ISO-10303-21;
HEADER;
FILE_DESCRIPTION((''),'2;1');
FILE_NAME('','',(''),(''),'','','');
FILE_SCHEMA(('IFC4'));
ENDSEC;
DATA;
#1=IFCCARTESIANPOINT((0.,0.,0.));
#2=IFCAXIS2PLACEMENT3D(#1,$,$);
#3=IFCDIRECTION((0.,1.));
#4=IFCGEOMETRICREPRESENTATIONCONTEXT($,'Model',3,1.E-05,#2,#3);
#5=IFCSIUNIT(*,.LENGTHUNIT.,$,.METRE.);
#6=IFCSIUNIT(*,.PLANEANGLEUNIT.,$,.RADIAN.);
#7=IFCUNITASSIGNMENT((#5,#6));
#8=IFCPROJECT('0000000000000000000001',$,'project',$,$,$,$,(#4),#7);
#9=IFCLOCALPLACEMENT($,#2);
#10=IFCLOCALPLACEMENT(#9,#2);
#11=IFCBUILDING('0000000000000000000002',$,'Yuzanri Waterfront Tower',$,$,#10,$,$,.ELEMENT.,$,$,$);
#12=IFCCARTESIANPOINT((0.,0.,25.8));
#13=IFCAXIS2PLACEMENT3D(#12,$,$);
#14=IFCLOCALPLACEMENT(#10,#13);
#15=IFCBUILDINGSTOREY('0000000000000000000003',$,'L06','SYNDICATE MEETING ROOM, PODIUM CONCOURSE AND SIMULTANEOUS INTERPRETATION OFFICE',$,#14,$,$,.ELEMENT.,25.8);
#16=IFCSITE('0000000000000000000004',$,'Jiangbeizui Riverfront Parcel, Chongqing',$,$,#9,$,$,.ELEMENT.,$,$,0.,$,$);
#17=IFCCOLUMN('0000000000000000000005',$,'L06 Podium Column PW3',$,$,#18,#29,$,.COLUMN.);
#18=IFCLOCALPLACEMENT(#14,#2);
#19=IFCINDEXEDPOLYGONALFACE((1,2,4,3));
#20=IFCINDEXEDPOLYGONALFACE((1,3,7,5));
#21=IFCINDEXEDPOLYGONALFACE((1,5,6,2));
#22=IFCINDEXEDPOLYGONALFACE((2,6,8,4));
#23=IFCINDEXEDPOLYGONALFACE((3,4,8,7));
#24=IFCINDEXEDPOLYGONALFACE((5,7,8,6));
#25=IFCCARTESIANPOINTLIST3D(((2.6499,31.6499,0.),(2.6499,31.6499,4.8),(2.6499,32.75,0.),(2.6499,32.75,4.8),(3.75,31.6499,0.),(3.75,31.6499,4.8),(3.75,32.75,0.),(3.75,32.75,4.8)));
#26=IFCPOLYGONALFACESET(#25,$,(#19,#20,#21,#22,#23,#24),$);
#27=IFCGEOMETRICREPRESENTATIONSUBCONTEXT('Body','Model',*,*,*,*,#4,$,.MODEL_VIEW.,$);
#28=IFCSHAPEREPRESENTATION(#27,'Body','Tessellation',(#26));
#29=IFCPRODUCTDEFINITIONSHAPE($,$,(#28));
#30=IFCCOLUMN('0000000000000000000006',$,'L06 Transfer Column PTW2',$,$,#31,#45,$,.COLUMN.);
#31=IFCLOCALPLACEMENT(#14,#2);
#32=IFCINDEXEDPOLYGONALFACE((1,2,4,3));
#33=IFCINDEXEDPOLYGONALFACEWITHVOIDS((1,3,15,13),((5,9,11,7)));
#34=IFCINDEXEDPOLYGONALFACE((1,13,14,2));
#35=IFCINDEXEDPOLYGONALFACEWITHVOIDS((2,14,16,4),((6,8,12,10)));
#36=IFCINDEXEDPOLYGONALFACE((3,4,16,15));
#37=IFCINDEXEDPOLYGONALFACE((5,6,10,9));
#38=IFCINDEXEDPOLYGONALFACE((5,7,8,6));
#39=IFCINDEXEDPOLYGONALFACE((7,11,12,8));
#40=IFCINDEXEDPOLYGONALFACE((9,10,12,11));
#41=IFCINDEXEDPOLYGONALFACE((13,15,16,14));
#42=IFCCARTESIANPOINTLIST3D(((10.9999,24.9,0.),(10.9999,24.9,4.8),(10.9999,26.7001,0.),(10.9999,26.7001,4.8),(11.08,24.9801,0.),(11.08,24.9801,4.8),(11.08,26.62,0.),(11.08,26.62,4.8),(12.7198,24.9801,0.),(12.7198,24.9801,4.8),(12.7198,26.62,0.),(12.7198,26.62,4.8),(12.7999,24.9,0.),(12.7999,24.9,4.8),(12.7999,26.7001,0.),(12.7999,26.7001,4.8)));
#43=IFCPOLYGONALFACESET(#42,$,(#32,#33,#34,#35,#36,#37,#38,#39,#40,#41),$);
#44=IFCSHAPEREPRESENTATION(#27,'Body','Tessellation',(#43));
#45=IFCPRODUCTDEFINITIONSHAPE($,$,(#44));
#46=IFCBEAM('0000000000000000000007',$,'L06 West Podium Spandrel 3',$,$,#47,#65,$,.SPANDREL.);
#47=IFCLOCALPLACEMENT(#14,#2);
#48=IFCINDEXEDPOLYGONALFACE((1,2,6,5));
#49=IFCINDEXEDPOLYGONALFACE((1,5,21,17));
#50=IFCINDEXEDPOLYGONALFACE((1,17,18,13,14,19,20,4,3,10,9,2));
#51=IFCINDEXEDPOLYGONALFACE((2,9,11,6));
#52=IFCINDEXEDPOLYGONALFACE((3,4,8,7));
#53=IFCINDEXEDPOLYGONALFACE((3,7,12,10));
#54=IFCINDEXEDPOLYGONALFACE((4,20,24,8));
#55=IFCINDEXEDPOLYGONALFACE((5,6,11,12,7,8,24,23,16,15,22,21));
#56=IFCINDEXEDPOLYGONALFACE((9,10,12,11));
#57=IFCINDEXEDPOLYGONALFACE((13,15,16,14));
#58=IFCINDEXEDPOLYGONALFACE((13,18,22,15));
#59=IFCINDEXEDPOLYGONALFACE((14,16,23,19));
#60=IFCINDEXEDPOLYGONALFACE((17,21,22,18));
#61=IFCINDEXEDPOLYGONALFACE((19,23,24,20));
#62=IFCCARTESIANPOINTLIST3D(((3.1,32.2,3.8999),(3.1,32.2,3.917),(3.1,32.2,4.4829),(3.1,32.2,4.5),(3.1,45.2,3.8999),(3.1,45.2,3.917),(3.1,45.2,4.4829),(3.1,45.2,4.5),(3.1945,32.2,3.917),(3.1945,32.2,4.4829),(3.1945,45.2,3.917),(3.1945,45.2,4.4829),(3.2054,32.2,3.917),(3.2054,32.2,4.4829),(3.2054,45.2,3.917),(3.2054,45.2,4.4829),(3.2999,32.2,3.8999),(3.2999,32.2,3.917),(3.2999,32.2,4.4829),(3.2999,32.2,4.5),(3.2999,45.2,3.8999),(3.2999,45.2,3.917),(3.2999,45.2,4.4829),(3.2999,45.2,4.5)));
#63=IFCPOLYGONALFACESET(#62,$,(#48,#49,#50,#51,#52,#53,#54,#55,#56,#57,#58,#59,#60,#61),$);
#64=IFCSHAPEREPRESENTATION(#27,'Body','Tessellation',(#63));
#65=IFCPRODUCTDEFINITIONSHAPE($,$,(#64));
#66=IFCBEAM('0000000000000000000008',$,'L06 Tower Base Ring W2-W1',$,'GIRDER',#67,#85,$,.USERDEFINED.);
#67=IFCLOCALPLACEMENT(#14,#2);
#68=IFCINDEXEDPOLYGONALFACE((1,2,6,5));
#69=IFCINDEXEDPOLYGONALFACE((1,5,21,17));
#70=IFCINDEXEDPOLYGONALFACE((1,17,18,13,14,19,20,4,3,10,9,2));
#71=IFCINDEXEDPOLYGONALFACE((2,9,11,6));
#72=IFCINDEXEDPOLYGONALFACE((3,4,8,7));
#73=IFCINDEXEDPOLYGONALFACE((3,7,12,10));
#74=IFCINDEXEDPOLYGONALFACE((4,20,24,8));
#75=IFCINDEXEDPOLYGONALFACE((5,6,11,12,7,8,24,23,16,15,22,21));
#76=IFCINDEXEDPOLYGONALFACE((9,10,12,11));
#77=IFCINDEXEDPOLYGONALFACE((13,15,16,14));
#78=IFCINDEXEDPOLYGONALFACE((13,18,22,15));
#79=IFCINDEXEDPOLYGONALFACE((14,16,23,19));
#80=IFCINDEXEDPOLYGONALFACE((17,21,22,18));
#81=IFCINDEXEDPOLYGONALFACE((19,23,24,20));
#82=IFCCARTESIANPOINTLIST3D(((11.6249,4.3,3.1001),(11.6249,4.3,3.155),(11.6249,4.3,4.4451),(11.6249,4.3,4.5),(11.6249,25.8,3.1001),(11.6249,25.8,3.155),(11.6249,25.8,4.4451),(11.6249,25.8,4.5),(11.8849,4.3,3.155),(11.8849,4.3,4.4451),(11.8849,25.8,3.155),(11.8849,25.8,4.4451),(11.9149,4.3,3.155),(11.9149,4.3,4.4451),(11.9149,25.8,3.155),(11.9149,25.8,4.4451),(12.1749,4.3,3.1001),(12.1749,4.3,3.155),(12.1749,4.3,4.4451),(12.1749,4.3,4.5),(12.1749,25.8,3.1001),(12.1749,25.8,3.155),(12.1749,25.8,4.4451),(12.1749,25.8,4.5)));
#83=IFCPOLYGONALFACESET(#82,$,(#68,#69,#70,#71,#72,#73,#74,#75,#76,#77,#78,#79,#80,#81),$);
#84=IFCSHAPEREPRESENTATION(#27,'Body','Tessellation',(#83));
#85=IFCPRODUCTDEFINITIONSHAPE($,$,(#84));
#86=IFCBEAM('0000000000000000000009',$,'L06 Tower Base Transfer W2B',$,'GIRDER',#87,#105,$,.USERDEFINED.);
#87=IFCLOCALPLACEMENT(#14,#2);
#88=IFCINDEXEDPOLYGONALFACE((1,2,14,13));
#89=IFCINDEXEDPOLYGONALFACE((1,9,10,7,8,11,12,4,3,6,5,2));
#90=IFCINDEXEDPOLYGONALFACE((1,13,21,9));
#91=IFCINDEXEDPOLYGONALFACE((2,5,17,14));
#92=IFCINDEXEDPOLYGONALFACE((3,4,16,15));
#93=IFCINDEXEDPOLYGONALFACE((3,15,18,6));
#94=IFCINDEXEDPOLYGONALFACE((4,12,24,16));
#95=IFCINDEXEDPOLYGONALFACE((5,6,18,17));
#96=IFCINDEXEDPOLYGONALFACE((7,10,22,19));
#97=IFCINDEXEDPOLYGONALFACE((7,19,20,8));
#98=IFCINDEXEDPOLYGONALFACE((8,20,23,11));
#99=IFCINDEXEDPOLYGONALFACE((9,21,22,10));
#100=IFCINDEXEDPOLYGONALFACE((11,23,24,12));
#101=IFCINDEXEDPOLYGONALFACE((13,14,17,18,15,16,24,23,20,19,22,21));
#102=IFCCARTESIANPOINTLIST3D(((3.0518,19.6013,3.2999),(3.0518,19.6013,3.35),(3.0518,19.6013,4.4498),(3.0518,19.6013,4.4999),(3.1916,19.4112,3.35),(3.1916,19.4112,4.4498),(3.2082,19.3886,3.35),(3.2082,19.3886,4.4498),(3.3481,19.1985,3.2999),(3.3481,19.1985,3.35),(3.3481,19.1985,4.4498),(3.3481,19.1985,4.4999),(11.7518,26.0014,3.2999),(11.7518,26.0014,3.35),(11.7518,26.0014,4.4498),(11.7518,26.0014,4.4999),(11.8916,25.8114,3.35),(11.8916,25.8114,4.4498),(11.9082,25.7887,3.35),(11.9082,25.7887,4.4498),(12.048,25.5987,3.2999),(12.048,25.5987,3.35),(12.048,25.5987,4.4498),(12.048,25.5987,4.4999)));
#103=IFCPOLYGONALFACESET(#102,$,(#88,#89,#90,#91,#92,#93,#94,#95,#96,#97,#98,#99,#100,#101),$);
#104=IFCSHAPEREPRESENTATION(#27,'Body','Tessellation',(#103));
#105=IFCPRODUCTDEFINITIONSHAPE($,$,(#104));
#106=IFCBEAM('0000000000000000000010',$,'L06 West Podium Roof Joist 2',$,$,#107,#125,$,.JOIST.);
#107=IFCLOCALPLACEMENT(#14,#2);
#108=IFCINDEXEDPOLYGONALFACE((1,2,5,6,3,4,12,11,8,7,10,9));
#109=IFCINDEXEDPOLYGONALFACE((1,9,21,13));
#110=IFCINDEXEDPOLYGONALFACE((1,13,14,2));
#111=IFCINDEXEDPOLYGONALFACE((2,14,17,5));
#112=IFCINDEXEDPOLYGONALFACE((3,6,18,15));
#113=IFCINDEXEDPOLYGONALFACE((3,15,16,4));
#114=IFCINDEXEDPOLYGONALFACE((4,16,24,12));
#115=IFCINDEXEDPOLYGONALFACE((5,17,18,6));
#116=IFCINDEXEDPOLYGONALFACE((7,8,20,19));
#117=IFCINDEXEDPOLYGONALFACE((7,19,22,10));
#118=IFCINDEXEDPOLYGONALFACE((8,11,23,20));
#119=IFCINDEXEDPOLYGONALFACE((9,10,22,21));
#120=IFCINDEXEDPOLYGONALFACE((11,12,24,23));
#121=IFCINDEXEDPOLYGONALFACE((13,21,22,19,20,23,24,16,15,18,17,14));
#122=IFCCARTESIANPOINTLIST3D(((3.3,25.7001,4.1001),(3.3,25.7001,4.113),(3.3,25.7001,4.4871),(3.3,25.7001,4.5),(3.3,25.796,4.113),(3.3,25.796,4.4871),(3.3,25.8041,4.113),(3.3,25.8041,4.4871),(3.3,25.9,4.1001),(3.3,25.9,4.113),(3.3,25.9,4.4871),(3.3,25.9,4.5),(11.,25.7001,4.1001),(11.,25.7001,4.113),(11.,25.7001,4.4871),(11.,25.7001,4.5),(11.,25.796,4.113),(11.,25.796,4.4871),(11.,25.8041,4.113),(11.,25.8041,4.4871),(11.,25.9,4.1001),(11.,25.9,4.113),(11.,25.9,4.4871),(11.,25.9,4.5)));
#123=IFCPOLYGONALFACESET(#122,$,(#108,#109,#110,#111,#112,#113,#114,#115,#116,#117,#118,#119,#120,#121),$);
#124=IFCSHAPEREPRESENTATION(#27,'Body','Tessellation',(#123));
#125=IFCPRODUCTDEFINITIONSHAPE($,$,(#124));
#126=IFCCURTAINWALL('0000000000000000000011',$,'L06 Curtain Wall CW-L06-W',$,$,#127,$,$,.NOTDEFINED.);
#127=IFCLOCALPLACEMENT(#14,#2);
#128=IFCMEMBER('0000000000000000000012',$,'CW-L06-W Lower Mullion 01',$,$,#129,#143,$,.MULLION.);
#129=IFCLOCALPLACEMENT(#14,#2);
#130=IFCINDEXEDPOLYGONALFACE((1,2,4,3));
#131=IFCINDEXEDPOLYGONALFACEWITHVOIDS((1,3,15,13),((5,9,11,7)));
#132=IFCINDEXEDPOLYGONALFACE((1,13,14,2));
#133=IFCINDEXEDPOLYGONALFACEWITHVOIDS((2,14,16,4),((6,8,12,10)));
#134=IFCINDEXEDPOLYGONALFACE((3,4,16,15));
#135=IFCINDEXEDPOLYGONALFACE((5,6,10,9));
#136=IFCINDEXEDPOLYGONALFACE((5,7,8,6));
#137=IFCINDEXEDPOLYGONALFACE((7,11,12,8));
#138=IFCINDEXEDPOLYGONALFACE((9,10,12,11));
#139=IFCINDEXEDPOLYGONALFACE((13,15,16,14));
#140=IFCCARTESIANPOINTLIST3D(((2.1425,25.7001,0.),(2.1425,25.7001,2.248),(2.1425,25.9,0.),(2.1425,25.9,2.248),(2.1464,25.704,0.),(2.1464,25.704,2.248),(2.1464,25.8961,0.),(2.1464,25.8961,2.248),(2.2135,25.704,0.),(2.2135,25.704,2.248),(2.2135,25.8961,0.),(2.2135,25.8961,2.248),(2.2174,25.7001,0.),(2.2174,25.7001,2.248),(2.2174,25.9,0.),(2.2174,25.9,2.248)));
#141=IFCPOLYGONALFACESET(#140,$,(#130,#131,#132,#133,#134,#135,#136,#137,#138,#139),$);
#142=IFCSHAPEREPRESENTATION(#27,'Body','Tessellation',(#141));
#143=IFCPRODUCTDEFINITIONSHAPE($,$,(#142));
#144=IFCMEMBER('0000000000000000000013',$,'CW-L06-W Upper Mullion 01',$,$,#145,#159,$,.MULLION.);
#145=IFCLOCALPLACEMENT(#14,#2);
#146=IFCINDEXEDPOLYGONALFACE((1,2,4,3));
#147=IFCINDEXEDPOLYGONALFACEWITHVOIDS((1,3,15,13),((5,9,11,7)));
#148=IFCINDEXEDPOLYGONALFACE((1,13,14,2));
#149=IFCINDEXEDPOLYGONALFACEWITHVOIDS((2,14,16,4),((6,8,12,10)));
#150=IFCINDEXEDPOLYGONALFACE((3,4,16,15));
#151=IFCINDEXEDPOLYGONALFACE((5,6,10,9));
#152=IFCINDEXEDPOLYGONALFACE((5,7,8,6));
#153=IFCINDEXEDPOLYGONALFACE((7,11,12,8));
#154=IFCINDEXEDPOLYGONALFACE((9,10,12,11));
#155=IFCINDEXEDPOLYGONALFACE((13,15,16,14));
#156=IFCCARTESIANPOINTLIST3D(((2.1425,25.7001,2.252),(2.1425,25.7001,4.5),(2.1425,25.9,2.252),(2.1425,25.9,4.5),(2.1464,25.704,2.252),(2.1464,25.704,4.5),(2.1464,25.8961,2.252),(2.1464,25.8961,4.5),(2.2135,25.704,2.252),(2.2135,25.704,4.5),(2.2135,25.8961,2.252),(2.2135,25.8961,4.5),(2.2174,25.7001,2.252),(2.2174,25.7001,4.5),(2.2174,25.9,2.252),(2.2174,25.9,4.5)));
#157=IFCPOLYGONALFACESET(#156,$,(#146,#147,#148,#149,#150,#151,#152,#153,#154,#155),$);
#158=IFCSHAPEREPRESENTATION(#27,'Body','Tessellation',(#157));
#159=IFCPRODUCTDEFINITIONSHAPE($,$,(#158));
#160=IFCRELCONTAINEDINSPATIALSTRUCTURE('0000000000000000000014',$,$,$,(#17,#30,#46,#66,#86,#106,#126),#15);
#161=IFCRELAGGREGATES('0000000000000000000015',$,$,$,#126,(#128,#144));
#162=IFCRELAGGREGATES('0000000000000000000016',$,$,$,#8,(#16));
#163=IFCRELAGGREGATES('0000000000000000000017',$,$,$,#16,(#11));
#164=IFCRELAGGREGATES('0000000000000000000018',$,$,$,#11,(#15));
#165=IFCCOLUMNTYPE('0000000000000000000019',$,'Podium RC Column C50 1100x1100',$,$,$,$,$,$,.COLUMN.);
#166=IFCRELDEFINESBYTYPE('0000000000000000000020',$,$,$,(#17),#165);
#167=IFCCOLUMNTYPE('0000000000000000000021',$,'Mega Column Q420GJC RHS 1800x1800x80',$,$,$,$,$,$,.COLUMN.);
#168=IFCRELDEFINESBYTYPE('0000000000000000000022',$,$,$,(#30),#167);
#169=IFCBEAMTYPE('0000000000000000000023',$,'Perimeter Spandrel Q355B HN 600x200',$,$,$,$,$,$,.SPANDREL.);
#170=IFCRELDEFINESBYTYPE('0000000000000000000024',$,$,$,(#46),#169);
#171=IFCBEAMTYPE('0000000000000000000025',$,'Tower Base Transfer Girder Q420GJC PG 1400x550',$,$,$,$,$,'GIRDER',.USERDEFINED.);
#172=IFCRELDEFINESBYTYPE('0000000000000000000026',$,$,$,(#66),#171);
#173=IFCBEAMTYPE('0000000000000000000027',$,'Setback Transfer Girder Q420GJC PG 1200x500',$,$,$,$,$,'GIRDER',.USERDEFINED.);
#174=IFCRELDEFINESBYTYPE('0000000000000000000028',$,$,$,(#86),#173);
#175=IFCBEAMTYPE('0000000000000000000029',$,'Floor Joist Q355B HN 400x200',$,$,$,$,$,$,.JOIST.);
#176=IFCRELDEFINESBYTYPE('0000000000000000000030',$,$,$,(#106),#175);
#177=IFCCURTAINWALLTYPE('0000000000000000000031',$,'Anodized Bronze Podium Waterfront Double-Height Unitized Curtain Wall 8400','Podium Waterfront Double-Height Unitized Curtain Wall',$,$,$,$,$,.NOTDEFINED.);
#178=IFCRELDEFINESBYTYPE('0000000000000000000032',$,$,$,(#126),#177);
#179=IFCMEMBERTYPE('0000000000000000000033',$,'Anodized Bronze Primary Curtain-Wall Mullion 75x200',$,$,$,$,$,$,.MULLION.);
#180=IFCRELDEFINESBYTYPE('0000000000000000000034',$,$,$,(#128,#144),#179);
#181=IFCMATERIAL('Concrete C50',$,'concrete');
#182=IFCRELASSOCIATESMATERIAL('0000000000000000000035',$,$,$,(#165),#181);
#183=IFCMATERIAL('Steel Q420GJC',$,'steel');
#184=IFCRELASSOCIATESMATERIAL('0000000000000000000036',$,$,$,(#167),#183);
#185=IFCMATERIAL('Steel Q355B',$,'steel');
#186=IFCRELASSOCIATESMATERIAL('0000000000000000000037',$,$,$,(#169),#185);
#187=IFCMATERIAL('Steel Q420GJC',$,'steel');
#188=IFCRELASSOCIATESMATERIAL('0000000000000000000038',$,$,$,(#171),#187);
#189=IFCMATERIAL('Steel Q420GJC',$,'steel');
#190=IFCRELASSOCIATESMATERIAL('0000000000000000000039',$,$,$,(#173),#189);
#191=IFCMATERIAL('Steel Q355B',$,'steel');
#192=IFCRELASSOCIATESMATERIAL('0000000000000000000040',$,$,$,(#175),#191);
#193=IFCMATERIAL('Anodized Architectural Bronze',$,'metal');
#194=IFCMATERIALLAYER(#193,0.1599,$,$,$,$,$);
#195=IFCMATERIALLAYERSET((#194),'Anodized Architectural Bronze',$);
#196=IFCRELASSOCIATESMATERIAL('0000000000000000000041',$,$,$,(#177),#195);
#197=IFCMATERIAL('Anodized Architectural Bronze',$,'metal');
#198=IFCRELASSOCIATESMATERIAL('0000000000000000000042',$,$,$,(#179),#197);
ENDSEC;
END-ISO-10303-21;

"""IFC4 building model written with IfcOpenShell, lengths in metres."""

from ifc_helpers import new_model, si_unit, direction, frame, origin, origin_2d, place, context, subcontext, project, spatial, rectangle, hollow_rectangle, i_section, extrude, source, transform, mapped, material, layer, layer_set, material_profile, profile_set, type_object, element, aggregate, save


model = new_model("IFC4")

# Units and contexts
model_context = context("Model", 3, precision=1e-05, world=origin(), true_north=direction((0.0, 1.0)))
body_context = subcontext(model_context, "Body", "Model", "MODEL_VIEW")
ifc_project = project(units=[si_unit("LENGTHUNIT", "METRE"), si_unit("PLANEANGLEUNIT", "RADIAN")], contexts=[model_context])

# Site, building, storey
site_placement = place(None, origin())
site = spatial("IfcSite", under=ifc_project, at=site_placement, Name="Jiangbeizui Riverfront Parcel, Chongqing", CompositionType="ELEMENT", RefElevation=0.0)
building_placement = place(site_placement, origin())
building = spatial("IfcBuilding", under=site, at=building_placement, Name="Yuzanri Waterfront Tower", CompositionType="ELEMENT")
storey_placement = place(building_placement, frame((0.0, 0.0, 25.8)))
storey = spatial("IfcBuildingStorey", under=building, at=storey_placement, Name="L06", Description="SYNDICATE MEETING ROOM, PODIUM CONCOURSE AND SIMULTANEOUS INTERPRETATION OFFICE", CompositionType="ELEMENT", Elevation=25.8)

# Columns
ifc_material_1 = material(Name="Concrete C50", Category="concrete")
ifc_material_profile_1 = material_profile(ifc_material_1, rectangle(XDim=1.1001, YDim=1.1001, at=origin_2d()), Name="RC 1100x1100")
ifc_profile_set_1 = profile_set([ifc_material_profile_1], Name="Concrete C50")
column_type_1 = type_object("IfcColumnType", Name="Podium RC Column C50 1100x1100", PredefinedType="COLUMN", material=ifc_profile_set_1)
shared_shape_1 = source(origin(), body_context, "Body", "SweptSolid", [
    extrude(rectangle(XDim=1.1001, YDim=1.1001, at=origin_2d()), origin(), (0.0, 0.0, 1.0), 4.8),
])
column_1_placement = place(storey_placement, frame((3.2, 32.2, 0.0), z_axis=(0.0, 0.0, 1.0), x_axis=(1.0, 0.0, 0.0)))
element("IfcColumn", 1, at=column_1_placement, inside=storey, type_object=column_type_1, Name="L06 Podium Column PW3", PredefinedType="COLUMN", context=body_context, shape_type="MappedRepresentation", body=[
    mapped(shared_shape_1, transform((0.0, 0.0, 0.0), scale=1.0)),
])
ifc_material_2 = material(Name="Steel Q420GJC", Category="steel")
ifc_material_profile_2 = material_profile(ifc_material_2, hollow_rectangle(XDim=1.8, YDim=1.8, WallThickness=0.0801, at=origin_2d()), Name="RHS 1800x1800x80")
ifc_profile_set_2 = profile_set([ifc_material_profile_2], Name="Steel Q420GJC")
column_type_2 = type_object("IfcColumnType", Name="Mega Column Q420GJC RHS 1800x1800x80", PredefinedType="COLUMN", material=ifc_profile_set_2)
shared_shape_2 = source(origin(), body_context, "Body", "SweptSolid", [
    extrude(hollow_rectangle(XDim=1.8, YDim=1.8, WallThickness=0.0801, at=origin_2d()), origin(), (0.0, 0.0, 1.0), 4.8),
])
column_2_placement = place(storey_placement, frame((11.8999, 25.8, 0.0), z_axis=(0.0, 0.0, 1.0), x_axis=(1.0, 0.0, 0.0)))
element("IfcColumn", 2, at=column_2_placement, inside=storey, type_object=column_type_2, Name="L06 Transfer Column PTW2", PredefinedType="COLUMN", context=body_context, shape_type="MappedRepresentation", body=[
    mapped(shared_shape_2, transform((0.0, 0.0, 0.0), scale=1.0)),
])

# Beams
ifc_material_3 = material(Name="Steel Q355B", Category="steel")
ifc_material_profile_3 = material_profile(ifc_material_3, i_section(OverallWidth=0.2, OverallDepth=0.6001, WebThickness=0.011, FlangeThickness=0.0171, at=origin_2d()), Name="HN 600x200x11x17")
ifc_profile_set_3 = profile_set([ifc_material_profile_3], Name="Steel Q355B")
beam_type_1 = type_object("IfcBeamType", Name="Perimeter Spandrel Q355B HN 600x200", PredefinedType="SPANDREL", material=ifc_profile_set_3)
shared_shape_3 = source(origin(), body_context, "Body", "SweptSolid", [
    extrude(i_section(OverallWidth=0.2, OverallDepth=0.6001, WebThickness=0.011, FlangeThickness=0.0171, at=origin_2d()), origin(), (0.0, 0.0, 1.0), 13.0),
])
beam_1_placement = place(storey_placement, frame((3.2, 32.2, 4.2), z_axis=(0.0, 1.0, 0.0), x_axis=(-1.0, 0.0, 0.0)))
element("IfcBeam", 3, at=beam_1_placement, inside=storey, type_object=beam_type_1, Name="L06 West Podium Spandrel 3", PredefinedType="SPANDREL", context=body_context, shape_type="MappedRepresentation", body=[
    mapped(shared_shape_3, transform((0.0, 0.0, 0.0), scale=1.0)),
])
ifc_material_4 = material(Name="Steel Q420GJC", Category="steel")
ifc_material_profile_4 = material_profile(ifc_material_4, i_section(OverallWidth=0.55, OverallDepth=1.3999, WebThickness=0.03, FlangeThickness=0.0549, at=origin_2d()), Name="PG 1400x550x30x55")
ifc_profile_set_4 = profile_set([ifc_material_profile_4], Name="Steel Q420GJC")
beam_type_2 = type_object("IfcBeamType", Name="Tower Base Transfer Girder Q420GJC PG 1400x550", ElementType="GIRDER", PredefinedType="USERDEFINED", material=ifc_profile_set_4)
shared_shape_4 = source(origin(), body_context, "Body", "SweptSolid", [
    extrude(i_section(OverallWidth=0.55, OverallDepth=1.3999, WebThickness=0.03, FlangeThickness=0.0549, at=origin_2d()), origin(), (0.0, 0.0, 1.0), 21.5),
])
beam_2_placement = place(storey_placement, frame((11.8999, 25.8, 3.8), z_axis=(0.0, -1.0, 0.0), x_axis=(1.0, 0.0, 0.0)))
element("IfcBeam", 4, at=beam_2_placement, inside=storey, type_object=beam_type_2, Name="L06 Tower Base Ring W2-W1", ObjectType="GIRDER", PredefinedType="USERDEFINED", context=body_context, shape_type="MappedRepresentation", body=[
    mapped(shared_shape_4, transform((0.0, 0.0, 0.0), scale=1.0)),
])
ifc_material_5 = material(Name="Steel Q420GJC", Category="steel")
ifc_material_profile_5 = material_profile(ifc_material_5, i_section(OverallWidth=0.5, OverallDepth=1.2, WebThickness=0.0281, FlangeThickness=0.05, at=origin_2d()), Name="PG 1200x500x28x50")
ifc_profile_set_5 = profile_set([ifc_material_profile_5], Name="Steel Q420GJC")
beam_type_3 = type_object("IfcBeamType", Name="Setback Transfer Girder Q420GJC PG 1200x500", ElementType="GIRDER", PredefinedType="USERDEFINED", material=ifc_profile_set_5)
shared_shape_5 = source(origin(), body_context, "Body", "SweptSolid", [
    extrude(i_section(OverallWidth=0.5, OverallDepth=1.2, WebThickness=0.0281, FlangeThickness=0.05, at=origin_2d()), origin(), (0.0, 0.0, 1.0), 10.8005),
])
beam_3_placement = place(storey_placement, frame((11.8999, 25.8, 3.8999), z_axis=(-0.805513, -0.592578, 0.0), x_axis=(0.592578, -0.805513, 0.0)))
element("IfcBeam", 5, at=beam_3_placement, inside=storey, type_object=beam_type_3, Name="L06 Tower Base Transfer W2B", ObjectType="GIRDER", PredefinedType="USERDEFINED", context=body_context, shape_type="MappedRepresentation", body=[
    mapped(shared_shape_5, transform((0.0, 0.0, 0.0), scale=1.0)),
])
ifc_material_6 = material(Name="Steel Q355B", Category="steel")
ifc_material_profile_6 = material_profile(ifc_material_6, i_section(OverallWidth=0.2, OverallDepth=0.3999, WebThickness=0.0081, FlangeThickness=0.0129, at=origin_2d()), Name="HN 400x200x8x13")
ifc_profile_set_6 = profile_set([ifc_material_profile_6], Name="Steel Q355B")
beam_type_4 = type_object("IfcBeamType", Name="Floor Joist Q355B HN 400x200", PredefinedType="JOIST", material=ifc_profile_set_6)
shared_shape_6 = source(origin(), body_context, "Body", "SweptSolid", [
    extrude(i_section(OverallWidth=0.2, OverallDepth=0.3999, WebThickness=0.0081, FlangeThickness=0.0129, at=origin_2d()), origin(), (0.0, 0.0, 1.0), 7.7),
])
beam_4_placement = place(storey_placement, frame((3.3, 25.8, 4.3), z_axis=(1.0, 0.0, 0.0), x_axis=(0.0, 1.0, 0.0)))
element("IfcBeam", 6, at=beam_4_placement, inside=storey, type_object=beam_type_4, Name="L06 West Podium Roof Joist 2", PredefinedType="JOIST", context=body_context, shape_type="MappedRepresentation", body=[
    mapped(shared_shape_6, transform((0.0, 0.0, 0.0), scale=1.0)),
])

# Curtain wall, members
ifc_material_7 = material(Name="Anodized Architectural Bronze", Category="metal")
ifc_layer_1 = layer(ifc_material_7, 0.1599)
ifc_layer_set_1 = layer_set([ifc_layer_1], Name="Anodized Architectural Bronze")
curtain_wall_type = type_object("IfcCurtainWallType", Name="Anodized Bronze Podium Waterfront Double-Height Unitized Curtain Wall 8400", Description="Podium Waterfront Double-Height Unitized Curtain Wall", PredefinedType="NOTDEFINED", material=ifc_layer_set_1)
curtain_wall_placement = place(storey_placement, origin())
curtain_wall = element("IfcCurtainWall", 7, at=curtain_wall_placement, inside=storey, type_object=curtain_wall_type, Name="L06 Curtain Wall CW-L06-W", PredefinedType="NOTDEFINED")
ifc_material_8 = material(Name="Anodized Architectural Bronze", Category="metal")
ifc_material_profile_7 = material_profile(ifc_material_8, hollow_rectangle(XDim=0.075, YDim=0.2, WallThickness=0.0039, at=origin_2d()), Name="CWM 75x200")
ifc_profile_set_7 = profile_set([ifc_material_profile_7], Name="Anodized Architectural Bronze")
member_type = type_object("IfcMemberType", Name="Anodized Bronze Primary Curtain-Wall Mullion 75x200", PredefinedType="MULLION", material=ifc_profile_set_7)
shared_shape_7 = source(origin(), body_context, "Body", "SweptSolid", [
    extrude(hollow_rectangle(XDim=0.075, YDim=0.2, WallThickness=0.0039, at=origin_2d()), origin(), (0.0, 0.0, 1.0), 2.248),
])
member_1_placement = place(storey_placement, frame((2.1799, 25.8, 0.0), z_axis=(0.0, 0.0, 1.0), x_axis=(1.0, 0.0, 0.0)))
member_1 = element("IfcMember", 8, at=member_1_placement, type_object=member_type, Name="CW-L06-W Lower Mullion 01", PredefinedType="MULLION", context=body_context, shape_type="MappedRepresentation", body=[
    mapped(shared_shape_7, transform((0.0, 0.0, 0.0), scale=1.0)),
])
member_2_placement = place(storey_placement, frame((2.1799, 25.8, 2.252), z_axis=(0.0, 0.0, 1.0), x_axis=(1.0, 0.0, 0.0)))
member_2 = element("IfcMember", 9, at=member_2_placement, type_object=member_type, Name="CW-L06-W Upper Mullion 01", PredefinedType="MULLION", context=body_context, shape_type="MappedRepresentation", body=[
    mapped(shared_shape_7, transform((0.0, 0.0, 0.0), scale=1.0)),
])

aggregate(curtain_wall, [member_1, member_2])

save(model, "model.ifc")
